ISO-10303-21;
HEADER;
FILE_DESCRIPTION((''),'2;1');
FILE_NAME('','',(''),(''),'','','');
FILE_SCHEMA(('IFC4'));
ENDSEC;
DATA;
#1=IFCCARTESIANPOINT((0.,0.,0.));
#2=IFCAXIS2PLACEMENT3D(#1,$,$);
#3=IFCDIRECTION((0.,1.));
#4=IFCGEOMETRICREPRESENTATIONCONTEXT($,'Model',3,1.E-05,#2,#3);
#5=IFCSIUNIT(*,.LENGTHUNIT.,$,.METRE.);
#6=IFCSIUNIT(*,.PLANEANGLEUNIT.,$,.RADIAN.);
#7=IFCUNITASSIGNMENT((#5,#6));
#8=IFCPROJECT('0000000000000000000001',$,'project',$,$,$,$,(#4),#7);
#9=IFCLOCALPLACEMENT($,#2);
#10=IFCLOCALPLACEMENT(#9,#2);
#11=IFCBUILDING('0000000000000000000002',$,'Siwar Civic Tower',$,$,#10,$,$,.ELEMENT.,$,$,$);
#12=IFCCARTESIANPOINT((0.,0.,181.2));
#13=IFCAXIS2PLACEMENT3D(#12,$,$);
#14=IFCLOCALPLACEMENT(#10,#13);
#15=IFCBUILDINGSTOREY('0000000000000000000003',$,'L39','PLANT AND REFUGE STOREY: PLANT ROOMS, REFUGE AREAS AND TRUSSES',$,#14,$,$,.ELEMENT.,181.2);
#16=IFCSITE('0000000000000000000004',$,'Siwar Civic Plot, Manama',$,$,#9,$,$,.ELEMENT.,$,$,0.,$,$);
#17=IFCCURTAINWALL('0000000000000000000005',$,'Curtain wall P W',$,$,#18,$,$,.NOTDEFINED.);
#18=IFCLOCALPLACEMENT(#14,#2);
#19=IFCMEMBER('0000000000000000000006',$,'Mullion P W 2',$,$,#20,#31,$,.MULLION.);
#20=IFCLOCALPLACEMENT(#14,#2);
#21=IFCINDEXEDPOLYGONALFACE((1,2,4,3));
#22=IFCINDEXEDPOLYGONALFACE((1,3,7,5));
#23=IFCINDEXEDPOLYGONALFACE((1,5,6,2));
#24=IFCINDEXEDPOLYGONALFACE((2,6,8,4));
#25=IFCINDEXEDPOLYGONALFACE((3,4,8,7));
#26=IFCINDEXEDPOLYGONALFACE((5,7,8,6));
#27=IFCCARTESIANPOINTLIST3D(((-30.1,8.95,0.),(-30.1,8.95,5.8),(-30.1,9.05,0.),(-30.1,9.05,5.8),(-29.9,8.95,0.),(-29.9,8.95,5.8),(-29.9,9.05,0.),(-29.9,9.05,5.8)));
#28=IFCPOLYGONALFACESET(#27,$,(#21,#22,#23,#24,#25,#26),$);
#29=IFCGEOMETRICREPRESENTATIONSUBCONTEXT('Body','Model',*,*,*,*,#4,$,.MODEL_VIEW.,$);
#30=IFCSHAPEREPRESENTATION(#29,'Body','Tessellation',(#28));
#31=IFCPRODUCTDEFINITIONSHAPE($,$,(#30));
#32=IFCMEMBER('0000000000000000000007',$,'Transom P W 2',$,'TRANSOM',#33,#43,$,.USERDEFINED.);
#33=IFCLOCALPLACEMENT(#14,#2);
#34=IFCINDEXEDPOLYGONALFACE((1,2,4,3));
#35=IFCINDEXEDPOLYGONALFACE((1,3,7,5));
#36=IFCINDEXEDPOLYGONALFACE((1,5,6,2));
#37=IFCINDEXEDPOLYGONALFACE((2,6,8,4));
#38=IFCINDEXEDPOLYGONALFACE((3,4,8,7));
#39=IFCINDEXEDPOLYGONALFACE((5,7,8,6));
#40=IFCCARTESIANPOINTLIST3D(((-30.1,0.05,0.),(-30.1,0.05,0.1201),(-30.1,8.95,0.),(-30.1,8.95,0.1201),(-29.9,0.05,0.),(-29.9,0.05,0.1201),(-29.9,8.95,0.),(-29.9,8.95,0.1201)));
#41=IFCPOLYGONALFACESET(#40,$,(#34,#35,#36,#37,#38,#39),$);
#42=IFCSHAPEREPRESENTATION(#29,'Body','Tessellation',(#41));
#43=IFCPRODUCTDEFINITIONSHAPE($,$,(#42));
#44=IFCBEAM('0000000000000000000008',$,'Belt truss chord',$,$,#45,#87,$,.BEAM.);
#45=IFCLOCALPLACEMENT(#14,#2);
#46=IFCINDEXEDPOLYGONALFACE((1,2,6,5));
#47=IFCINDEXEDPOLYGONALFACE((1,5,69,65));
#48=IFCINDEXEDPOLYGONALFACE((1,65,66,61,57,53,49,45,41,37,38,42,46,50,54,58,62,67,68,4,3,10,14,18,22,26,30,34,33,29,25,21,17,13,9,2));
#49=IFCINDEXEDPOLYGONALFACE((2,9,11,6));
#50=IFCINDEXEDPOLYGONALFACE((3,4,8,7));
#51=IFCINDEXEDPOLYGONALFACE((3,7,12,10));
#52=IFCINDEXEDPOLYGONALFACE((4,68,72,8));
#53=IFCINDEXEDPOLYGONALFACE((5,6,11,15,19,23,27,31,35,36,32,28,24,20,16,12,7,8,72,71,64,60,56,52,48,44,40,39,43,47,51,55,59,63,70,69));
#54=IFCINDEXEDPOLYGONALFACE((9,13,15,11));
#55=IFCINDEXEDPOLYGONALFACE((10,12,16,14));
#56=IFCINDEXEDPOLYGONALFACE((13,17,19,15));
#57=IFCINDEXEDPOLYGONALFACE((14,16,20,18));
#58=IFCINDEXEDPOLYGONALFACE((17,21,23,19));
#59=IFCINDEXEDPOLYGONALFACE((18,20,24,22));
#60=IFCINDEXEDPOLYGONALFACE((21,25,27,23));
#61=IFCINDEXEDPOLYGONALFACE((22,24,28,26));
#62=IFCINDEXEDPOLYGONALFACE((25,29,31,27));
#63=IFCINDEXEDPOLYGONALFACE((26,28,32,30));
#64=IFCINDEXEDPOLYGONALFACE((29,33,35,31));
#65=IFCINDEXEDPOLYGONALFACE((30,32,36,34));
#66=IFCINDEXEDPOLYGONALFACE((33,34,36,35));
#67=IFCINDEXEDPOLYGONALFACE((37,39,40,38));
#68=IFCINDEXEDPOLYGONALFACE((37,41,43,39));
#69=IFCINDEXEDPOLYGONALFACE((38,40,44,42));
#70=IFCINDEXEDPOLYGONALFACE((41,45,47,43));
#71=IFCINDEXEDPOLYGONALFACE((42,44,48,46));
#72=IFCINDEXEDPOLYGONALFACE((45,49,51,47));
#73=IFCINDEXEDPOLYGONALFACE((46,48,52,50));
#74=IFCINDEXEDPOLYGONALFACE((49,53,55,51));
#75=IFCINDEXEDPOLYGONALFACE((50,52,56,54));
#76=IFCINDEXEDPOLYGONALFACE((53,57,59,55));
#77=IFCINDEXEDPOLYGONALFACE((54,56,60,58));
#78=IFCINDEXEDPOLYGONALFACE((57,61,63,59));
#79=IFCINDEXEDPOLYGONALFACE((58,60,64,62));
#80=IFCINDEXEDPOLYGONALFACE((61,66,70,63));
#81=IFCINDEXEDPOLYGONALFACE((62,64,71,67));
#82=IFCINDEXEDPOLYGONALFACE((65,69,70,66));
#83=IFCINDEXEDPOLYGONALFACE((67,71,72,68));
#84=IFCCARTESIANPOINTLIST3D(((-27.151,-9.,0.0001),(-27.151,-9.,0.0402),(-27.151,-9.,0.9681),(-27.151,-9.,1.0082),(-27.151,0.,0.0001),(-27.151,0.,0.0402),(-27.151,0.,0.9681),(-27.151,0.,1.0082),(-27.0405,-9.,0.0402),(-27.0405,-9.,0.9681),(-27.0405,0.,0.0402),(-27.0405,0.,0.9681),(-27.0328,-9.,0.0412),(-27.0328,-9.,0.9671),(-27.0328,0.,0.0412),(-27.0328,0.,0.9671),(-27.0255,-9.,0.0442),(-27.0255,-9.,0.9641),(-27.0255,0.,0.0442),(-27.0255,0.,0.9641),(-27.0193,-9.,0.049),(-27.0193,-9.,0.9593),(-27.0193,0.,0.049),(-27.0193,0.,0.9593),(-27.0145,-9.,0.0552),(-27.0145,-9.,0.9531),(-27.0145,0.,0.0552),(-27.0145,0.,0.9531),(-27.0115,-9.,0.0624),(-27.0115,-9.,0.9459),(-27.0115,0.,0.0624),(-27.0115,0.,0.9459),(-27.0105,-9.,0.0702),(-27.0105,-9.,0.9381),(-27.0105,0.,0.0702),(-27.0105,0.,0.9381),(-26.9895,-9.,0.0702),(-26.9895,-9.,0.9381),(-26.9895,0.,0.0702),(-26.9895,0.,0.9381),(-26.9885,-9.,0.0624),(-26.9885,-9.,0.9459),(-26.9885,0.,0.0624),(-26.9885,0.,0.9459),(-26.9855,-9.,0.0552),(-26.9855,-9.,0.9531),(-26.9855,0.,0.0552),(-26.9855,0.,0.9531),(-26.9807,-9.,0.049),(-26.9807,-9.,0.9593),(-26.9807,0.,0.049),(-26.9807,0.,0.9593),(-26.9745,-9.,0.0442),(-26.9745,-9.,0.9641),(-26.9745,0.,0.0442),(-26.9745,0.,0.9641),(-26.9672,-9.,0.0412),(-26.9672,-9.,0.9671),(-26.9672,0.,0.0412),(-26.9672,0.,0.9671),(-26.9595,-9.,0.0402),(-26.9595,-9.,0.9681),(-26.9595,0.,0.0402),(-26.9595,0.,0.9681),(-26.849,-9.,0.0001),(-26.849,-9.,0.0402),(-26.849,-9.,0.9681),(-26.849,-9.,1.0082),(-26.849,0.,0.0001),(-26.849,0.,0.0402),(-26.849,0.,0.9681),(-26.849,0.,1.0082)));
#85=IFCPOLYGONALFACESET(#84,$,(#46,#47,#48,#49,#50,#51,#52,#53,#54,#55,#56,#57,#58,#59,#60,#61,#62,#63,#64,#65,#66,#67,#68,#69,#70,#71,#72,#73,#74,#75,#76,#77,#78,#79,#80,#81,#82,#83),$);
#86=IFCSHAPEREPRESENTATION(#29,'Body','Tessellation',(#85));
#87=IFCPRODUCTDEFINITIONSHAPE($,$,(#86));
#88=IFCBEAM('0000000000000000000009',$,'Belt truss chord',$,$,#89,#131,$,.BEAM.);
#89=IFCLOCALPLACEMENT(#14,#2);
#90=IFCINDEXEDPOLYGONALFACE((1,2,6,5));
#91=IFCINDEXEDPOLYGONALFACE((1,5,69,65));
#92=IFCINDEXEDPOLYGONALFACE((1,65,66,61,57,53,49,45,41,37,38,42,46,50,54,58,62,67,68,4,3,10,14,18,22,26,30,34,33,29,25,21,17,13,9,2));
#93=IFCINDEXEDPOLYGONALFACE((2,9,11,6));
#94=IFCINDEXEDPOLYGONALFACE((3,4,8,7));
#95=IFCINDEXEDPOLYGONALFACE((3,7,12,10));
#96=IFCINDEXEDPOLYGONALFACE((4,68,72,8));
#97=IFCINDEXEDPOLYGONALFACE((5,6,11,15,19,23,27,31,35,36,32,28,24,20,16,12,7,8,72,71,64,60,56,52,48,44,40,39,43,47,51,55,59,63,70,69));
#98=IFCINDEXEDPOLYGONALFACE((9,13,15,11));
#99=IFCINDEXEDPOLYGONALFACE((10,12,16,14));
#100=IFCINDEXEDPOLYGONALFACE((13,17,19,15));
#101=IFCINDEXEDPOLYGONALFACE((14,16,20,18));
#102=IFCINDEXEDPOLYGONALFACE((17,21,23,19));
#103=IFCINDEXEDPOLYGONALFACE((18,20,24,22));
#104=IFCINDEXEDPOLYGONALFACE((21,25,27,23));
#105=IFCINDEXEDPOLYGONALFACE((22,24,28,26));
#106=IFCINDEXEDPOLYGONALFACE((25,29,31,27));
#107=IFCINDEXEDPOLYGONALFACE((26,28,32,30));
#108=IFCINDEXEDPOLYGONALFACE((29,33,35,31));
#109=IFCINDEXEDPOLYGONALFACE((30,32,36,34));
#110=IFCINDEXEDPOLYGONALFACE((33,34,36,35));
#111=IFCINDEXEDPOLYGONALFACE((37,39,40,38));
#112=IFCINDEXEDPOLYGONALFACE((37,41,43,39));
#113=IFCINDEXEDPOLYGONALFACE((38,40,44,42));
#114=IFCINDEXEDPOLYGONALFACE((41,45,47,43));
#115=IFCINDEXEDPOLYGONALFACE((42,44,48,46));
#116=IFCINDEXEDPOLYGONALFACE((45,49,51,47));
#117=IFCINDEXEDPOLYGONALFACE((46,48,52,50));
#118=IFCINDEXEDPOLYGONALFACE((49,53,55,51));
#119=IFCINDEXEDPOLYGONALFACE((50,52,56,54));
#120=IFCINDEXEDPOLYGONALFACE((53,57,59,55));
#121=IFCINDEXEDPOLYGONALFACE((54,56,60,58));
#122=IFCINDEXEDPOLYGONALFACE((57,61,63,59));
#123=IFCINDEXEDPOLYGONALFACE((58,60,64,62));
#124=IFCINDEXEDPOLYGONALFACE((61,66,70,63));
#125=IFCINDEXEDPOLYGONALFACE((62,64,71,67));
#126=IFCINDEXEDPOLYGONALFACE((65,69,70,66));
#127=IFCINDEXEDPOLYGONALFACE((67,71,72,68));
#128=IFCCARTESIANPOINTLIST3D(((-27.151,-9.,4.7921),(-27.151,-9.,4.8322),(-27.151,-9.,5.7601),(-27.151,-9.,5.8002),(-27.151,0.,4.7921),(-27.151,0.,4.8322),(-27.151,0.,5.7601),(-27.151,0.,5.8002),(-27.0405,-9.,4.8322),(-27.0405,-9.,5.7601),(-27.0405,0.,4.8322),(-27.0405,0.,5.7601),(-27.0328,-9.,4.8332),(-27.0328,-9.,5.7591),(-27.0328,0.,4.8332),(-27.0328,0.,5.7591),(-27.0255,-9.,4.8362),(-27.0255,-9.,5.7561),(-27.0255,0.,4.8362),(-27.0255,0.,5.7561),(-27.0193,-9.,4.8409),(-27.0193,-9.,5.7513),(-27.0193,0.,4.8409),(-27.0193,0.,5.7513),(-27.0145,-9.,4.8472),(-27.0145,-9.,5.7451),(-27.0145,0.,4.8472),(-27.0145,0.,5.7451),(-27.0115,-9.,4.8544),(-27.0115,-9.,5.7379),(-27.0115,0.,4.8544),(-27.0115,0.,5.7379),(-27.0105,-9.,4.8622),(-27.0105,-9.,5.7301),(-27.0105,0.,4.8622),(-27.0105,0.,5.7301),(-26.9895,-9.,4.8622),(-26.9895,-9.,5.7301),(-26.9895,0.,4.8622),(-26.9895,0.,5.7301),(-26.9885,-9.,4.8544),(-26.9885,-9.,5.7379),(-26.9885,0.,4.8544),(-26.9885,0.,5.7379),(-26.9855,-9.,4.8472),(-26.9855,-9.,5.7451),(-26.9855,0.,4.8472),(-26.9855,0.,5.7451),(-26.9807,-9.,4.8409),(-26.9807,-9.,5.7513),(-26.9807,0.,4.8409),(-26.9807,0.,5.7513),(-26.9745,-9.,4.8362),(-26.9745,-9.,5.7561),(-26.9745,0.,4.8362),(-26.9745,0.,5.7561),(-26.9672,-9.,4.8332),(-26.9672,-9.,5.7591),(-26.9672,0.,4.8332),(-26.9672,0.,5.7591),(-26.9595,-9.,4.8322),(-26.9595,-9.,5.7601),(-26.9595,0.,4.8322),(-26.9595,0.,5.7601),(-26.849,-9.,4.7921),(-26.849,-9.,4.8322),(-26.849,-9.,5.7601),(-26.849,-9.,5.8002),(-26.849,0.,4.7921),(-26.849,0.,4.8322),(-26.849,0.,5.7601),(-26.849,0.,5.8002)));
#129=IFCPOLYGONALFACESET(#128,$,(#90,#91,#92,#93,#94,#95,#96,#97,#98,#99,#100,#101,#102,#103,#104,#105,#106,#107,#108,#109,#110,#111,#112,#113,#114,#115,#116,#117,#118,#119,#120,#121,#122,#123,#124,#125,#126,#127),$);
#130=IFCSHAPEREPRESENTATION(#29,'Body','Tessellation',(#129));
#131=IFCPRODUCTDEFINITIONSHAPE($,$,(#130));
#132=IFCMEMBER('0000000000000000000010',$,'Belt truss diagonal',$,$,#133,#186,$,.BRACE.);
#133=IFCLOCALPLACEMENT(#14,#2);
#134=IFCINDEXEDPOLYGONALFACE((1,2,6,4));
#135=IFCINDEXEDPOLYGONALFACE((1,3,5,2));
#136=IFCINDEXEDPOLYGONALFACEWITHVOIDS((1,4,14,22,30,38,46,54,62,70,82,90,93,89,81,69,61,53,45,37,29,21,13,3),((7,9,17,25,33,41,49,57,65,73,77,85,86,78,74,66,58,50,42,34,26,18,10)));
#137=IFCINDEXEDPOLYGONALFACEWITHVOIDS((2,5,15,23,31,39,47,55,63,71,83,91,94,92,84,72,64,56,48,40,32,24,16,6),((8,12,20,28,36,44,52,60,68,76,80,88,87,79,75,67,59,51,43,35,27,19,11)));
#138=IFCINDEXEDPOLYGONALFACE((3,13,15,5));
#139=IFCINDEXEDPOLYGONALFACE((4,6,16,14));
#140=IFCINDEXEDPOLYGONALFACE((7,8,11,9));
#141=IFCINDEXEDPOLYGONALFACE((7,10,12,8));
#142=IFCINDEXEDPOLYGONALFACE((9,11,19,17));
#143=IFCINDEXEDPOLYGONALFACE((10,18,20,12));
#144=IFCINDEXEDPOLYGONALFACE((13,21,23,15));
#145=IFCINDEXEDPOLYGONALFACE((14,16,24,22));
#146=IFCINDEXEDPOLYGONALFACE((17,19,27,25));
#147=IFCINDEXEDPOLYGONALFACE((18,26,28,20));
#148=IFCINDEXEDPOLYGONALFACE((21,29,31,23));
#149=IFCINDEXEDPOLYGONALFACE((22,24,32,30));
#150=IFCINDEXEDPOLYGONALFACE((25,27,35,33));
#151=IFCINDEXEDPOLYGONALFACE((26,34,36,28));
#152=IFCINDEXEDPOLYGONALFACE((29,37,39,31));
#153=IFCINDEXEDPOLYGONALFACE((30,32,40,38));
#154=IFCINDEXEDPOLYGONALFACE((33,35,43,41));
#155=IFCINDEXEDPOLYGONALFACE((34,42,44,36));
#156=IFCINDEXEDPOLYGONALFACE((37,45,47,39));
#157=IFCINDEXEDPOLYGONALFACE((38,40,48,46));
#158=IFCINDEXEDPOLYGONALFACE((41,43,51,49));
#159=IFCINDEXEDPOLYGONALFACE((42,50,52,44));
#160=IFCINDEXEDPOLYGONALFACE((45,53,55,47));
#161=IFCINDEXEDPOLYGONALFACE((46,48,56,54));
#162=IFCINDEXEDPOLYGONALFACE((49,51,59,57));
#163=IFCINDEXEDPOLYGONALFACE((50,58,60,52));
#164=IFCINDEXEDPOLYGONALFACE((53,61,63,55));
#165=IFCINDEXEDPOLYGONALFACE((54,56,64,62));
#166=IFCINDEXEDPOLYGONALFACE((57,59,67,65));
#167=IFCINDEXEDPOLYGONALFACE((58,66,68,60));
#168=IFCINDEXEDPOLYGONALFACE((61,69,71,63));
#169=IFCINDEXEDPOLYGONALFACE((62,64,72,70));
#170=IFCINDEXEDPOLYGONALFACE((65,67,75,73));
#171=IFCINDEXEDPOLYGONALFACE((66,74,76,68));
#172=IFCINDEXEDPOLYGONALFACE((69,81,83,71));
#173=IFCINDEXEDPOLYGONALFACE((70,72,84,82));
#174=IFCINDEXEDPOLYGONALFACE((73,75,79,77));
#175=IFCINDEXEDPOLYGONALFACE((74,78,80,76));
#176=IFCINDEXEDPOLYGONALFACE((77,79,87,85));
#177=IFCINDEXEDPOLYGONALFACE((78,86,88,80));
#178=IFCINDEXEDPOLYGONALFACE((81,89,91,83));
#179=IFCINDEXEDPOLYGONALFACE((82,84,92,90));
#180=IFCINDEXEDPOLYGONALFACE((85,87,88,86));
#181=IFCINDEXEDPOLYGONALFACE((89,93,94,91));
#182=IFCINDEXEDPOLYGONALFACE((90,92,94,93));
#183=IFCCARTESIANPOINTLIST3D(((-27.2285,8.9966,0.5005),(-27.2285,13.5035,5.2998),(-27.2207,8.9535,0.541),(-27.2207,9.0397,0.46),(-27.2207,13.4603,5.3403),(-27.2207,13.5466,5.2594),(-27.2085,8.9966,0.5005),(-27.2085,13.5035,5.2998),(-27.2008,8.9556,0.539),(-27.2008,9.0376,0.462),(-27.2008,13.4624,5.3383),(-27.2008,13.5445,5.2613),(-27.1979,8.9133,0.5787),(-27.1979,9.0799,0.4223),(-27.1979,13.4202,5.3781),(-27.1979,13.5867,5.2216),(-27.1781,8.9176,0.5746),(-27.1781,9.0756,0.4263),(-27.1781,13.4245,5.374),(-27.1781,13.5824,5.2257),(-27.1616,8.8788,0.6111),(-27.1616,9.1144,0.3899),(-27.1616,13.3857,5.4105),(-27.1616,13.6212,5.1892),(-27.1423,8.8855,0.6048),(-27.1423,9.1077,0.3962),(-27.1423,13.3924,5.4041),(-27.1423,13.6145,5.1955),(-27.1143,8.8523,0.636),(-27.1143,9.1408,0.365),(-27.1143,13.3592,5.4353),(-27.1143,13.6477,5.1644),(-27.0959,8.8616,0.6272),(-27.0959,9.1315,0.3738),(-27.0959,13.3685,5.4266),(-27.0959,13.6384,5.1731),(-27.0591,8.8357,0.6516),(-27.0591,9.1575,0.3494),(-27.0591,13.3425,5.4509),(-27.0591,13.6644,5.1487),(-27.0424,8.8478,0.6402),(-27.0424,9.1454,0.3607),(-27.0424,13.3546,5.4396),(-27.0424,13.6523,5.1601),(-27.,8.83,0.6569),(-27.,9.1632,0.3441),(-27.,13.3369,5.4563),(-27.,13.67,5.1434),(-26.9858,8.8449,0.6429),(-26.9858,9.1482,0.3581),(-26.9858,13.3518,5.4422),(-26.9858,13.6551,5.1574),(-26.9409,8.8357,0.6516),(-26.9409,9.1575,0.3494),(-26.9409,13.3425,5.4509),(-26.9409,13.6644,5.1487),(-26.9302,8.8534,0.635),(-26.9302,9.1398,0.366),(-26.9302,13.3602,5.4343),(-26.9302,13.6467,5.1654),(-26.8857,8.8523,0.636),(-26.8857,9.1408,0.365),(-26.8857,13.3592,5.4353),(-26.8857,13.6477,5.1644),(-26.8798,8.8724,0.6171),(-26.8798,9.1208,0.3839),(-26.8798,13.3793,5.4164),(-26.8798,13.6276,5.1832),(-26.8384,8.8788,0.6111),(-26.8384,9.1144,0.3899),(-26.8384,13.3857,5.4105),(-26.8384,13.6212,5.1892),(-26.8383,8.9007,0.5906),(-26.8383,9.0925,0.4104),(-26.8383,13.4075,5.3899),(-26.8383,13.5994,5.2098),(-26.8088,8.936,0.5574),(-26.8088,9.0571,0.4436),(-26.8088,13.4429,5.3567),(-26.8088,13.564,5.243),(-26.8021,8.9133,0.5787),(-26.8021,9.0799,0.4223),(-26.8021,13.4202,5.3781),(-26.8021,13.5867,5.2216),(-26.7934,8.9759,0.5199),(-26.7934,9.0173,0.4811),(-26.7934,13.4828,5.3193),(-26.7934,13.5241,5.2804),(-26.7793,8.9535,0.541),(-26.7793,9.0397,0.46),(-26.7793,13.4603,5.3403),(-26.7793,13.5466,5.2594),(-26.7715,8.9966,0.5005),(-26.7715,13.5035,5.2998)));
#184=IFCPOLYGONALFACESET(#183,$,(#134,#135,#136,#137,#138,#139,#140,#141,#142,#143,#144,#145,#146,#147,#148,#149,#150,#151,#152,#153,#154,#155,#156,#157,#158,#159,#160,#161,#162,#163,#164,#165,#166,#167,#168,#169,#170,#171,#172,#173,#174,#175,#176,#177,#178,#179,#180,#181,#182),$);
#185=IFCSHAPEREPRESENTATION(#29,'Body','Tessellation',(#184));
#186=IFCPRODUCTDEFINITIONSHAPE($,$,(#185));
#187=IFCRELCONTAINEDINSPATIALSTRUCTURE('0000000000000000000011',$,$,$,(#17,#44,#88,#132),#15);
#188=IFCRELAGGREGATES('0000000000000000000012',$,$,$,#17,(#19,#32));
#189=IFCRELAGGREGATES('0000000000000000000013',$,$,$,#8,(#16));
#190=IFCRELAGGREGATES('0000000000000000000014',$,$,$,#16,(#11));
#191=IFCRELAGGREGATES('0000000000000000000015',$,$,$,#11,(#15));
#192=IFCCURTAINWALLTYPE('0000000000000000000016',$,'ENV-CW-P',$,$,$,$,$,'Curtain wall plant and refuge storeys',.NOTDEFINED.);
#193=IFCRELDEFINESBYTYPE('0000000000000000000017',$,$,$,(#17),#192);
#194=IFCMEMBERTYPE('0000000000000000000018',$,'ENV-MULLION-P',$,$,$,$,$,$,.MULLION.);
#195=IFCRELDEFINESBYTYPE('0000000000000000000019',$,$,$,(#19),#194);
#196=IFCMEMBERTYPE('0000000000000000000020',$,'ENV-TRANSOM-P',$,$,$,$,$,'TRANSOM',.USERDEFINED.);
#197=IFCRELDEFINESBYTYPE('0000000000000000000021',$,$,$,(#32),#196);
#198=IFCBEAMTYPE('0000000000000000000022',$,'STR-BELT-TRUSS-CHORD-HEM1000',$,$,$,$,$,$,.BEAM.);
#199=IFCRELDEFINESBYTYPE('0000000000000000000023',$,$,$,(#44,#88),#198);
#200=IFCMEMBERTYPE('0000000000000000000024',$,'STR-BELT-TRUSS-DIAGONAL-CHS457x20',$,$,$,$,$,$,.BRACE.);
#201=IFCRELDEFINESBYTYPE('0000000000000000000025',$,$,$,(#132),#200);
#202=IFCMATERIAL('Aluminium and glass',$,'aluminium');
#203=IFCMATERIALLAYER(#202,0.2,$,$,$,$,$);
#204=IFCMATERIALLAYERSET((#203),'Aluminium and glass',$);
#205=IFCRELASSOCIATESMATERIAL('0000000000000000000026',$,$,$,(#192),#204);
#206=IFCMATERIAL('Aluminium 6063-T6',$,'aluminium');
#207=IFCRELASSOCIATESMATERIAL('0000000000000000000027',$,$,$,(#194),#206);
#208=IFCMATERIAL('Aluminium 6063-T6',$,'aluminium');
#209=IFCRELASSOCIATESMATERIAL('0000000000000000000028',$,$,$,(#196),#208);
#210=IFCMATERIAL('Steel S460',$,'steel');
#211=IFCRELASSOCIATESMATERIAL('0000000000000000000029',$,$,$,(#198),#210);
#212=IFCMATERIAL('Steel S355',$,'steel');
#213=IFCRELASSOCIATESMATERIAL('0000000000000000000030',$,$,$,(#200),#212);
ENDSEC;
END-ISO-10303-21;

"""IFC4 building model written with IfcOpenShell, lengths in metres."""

from ifc_helpers import new_model, si_unit, direction, frame, origin, origin_2d, place, context, subcontext, project, spatial, rectangle, hollow_circle, i_section, extrude, material, layer, layer_set, material_profile, profile_set, type_object, element, aggregate, save


model = new_model("IFC4")

# Units and contexts
model_context = context("Model", 3, precision=1e-05, world=origin(), true_north=direction((0.0, 1.0)))
body_context = subcontext(model_context, "Body", "Model", "MODEL_VIEW")
ifc_project = project(units=[si_unit("LENGTHUNIT", "METRE"), si_unit("PLANEANGLEUNIT", "RADIAN")], contexts=[model_context])

# Site, building, storey
site_placement = place(None, origin())
site = spatial("IfcSite", under=ifc_project, at=site_placement, Name="Siwar Civic Plot, Manama", CompositionType="ELEMENT", RefElevation=0.0)
building_placement = place(site_placement, origin())
building = spatial("IfcBuilding", under=site, at=building_placement, Name="Siwar Civic Tower", CompositionType="ELEMENT")
storey_placement = place(building_placement, frame((0.0, 0.0, 181.2)))
storey = spatial("IfcBuildingStorey", under=building, at=storey_placement, Name="L39", Description="PLANT AND REFUGE STOREY: PLANT ROOMS, REFUGE AREAS AND TRUSSES", CompositionType="ELEMENT", Elevation=181.2)

# Curtain wall, members
ifc_material_1 = material(Name="Aluminium and glass", Category="aluminium")
ifc_layer_1 = layer(ifc_material_1, 0.2)
ifc_layer_set_1 = layer_set([ifc_layer_1], Name="Aluminium and glass")
curtain_wall_type = type_object("IfcCurtainWallType", Name="ENV-CW-P", ElementType="Curtain wall plant and refuge storeys", PredefinedType="NOTDEFINED", material=ifc_layer_set_1)
curtain_wall_placement = place(storey_placement, origin())
curtain_wall = element("IfcCurtainWall", 1, at=curtain_wall_placement, inside=storey, type_object=curtain_wall_type, Name="Curtain wall P W", PredefinedType="NOTDEFINED")
ifc_material_2 = material(Name="Aluminium 6063-T6", Category="aluminium")
ifc_material_profile_1 = material_profile(ifc_material_2, rectangle(XDim=0.2, YDim=0.1001, at=origin_2d()), Name="AL 200x100")
ifc_profile_set_1 = profile_set([ifc_material_profile_1], Name="Aluminium 6063-T6")
member_type_1 = type_object("IfcMemberType", Name="ENV-MULLION-P", PredefinedType="MULLION", material=ifc_profile_set_1)
member_1_placement = place(storey_placement, frame((-30.0, 9.0, 0.0), z_axis=(0.0, 0.0, 1.0), x_axis=(1.0, 0.0, 0.0)))
member_1 = element("IfcMember", 2, at=member_1_placement, type_object=member_type_1, Name="Mullion P W 2", PredefinedType="MULLION", context=body_context, shape_type="SweptSolid", body=[
    extrude(rectangle(XDim=0.2, YDim=0.1001, at=origin_2d()), origin(), (0.0, 0.0, 1.0), 5.8),
])
ifc_material_3 = material(Name="Aluminium 6063-T6", Category="aluminium")
ifc_material_profile_2 = material_profile(ifc_material_3, rectangle(XDim=0.2, YDim=0.1201, at=origin_2d()), Name="AL 200x120")
ifc_profile_set_2 = profile_set([ifc_material_profile_2], Name="Aluminium 6063-T6")
member_type_2 = type_object("IfcMemberType", Name="ENV-TRANSOM-P", ElementType="TRANSOM", PredefinedType="USERDEFINED", material=ifc_profile_set_2)
member_2_placement = place(storey_placement, frame((-30.0, 8.95, 0.0601), z_axis=(0.0, -1.0, 0.0), x_axis=(1.0, 0.0, 0.0)))
member_2 = element("IfcMember", 3, at=member_2_placement, type_object=member_type_2, Name="Transom P W 2", ObjectType="TRANSOM", PredefinedType="USERDEFINED", context=body_context, shape_type="SweptSolid", body=[
    extrude(rectangle(XDim=0.2, YDim=0.1201, at=origin_2d()), origin(), (0.0, 0.0, 1.0), 8.8999),
])

# Beams
ifc_material_4 = material(Name="Steel S460", Category="steel")
ifc_material_profile_3 = material_profile(ifc_material_4, i_section(OverallWidth=0.302, OverallDepth=1.0081, WebThickness=0.021, FlangeThickness=0.04, FilletRadius=0.03, at=origin_2d()), Name="HEM1000")
ifc_profile_set_3 = profile_set([ifc_material_profile_3], Name="Steel S460")
beam_type_1 = type_object("IfcBeamType", Name="STR-BELT-TRUSS-CHORD-HEM1000", PredefinedType="BEAM", material=ifc_profile_set_3)
for number, where, z_axis, x_axis, name in (
    (4, (-27.0, 0.0, 0.5042), (0.0, -1.0, 0.0), (1.0, 0.0, 0.0), "Belt truss chord"),
    (5, (-27.0, 0.0, 5.2961), (0.0, -1.0, 0.0), (1.0, 0.0, 0.0), "Belt truss chord"),
):
    element("IfcBeam", number, at=place(storey_placement, frame(where, z_axis=z_axis, x_axis=x_axis)), inside=storey, type_object=beam_type_1, Name=name, PredefinedType="BEAM", context=body_context, shape_type="SweptSolid", body=[
        extrude(i_section(OverallWidth=0.302, OverallDepth=1.0081, WebThickness=0.021, FlangeThickness=0.04, FilletRadius=0.03, at=origin_2d()), origin(), (0.0, 0.0, 1.0), 9.0),
    ])

# Member
ifc_material_5 = material(Name="Steel S355", Category="steel")
ifc_material_profile_4 = material_profile(ifc_material_5, hollow_circle(Radius=0.2285, WallThickness=0.02, at=origin_2d()), Name="CHS457x20")
ifc_profile_set_4 = profile_set([ifc_material_profile_4], Name="Steel S355")
member_type_3 = type_object("IfcMemberType", Name="STR-BELT-TRUSS-DIAGONAL-CHS457x20", PredefinedType="BRACE", material=ifc_profile_set_4)
for number, where, z_axis, x_axis, name in (
    (6, (-27.0, 8.9966, 0.5005), (0.0, 0.684545, 0.72897), (-1.0, 0.0, 0.0), "Belt truss diagonal"),
):
    element("IfcMember", number, at=place(storey_placement, frame(where, z_axis=z_axis, x_axis=x_axis)), inside=storey, type_object=member_type_3, Name=name, PredefinedType="BRACE", context=body_context, shape_type="SweptSolid", body=[
        extrude(hollow_circle(Radius=0.2285, WallThickness=0.02, at=origin_2d()), origin(), (0.0, 0.0, 1.0), 6.5837),
    ])

aggregate(curtain_wall, [member_1, member_2])

save(model, "model.ifc")
